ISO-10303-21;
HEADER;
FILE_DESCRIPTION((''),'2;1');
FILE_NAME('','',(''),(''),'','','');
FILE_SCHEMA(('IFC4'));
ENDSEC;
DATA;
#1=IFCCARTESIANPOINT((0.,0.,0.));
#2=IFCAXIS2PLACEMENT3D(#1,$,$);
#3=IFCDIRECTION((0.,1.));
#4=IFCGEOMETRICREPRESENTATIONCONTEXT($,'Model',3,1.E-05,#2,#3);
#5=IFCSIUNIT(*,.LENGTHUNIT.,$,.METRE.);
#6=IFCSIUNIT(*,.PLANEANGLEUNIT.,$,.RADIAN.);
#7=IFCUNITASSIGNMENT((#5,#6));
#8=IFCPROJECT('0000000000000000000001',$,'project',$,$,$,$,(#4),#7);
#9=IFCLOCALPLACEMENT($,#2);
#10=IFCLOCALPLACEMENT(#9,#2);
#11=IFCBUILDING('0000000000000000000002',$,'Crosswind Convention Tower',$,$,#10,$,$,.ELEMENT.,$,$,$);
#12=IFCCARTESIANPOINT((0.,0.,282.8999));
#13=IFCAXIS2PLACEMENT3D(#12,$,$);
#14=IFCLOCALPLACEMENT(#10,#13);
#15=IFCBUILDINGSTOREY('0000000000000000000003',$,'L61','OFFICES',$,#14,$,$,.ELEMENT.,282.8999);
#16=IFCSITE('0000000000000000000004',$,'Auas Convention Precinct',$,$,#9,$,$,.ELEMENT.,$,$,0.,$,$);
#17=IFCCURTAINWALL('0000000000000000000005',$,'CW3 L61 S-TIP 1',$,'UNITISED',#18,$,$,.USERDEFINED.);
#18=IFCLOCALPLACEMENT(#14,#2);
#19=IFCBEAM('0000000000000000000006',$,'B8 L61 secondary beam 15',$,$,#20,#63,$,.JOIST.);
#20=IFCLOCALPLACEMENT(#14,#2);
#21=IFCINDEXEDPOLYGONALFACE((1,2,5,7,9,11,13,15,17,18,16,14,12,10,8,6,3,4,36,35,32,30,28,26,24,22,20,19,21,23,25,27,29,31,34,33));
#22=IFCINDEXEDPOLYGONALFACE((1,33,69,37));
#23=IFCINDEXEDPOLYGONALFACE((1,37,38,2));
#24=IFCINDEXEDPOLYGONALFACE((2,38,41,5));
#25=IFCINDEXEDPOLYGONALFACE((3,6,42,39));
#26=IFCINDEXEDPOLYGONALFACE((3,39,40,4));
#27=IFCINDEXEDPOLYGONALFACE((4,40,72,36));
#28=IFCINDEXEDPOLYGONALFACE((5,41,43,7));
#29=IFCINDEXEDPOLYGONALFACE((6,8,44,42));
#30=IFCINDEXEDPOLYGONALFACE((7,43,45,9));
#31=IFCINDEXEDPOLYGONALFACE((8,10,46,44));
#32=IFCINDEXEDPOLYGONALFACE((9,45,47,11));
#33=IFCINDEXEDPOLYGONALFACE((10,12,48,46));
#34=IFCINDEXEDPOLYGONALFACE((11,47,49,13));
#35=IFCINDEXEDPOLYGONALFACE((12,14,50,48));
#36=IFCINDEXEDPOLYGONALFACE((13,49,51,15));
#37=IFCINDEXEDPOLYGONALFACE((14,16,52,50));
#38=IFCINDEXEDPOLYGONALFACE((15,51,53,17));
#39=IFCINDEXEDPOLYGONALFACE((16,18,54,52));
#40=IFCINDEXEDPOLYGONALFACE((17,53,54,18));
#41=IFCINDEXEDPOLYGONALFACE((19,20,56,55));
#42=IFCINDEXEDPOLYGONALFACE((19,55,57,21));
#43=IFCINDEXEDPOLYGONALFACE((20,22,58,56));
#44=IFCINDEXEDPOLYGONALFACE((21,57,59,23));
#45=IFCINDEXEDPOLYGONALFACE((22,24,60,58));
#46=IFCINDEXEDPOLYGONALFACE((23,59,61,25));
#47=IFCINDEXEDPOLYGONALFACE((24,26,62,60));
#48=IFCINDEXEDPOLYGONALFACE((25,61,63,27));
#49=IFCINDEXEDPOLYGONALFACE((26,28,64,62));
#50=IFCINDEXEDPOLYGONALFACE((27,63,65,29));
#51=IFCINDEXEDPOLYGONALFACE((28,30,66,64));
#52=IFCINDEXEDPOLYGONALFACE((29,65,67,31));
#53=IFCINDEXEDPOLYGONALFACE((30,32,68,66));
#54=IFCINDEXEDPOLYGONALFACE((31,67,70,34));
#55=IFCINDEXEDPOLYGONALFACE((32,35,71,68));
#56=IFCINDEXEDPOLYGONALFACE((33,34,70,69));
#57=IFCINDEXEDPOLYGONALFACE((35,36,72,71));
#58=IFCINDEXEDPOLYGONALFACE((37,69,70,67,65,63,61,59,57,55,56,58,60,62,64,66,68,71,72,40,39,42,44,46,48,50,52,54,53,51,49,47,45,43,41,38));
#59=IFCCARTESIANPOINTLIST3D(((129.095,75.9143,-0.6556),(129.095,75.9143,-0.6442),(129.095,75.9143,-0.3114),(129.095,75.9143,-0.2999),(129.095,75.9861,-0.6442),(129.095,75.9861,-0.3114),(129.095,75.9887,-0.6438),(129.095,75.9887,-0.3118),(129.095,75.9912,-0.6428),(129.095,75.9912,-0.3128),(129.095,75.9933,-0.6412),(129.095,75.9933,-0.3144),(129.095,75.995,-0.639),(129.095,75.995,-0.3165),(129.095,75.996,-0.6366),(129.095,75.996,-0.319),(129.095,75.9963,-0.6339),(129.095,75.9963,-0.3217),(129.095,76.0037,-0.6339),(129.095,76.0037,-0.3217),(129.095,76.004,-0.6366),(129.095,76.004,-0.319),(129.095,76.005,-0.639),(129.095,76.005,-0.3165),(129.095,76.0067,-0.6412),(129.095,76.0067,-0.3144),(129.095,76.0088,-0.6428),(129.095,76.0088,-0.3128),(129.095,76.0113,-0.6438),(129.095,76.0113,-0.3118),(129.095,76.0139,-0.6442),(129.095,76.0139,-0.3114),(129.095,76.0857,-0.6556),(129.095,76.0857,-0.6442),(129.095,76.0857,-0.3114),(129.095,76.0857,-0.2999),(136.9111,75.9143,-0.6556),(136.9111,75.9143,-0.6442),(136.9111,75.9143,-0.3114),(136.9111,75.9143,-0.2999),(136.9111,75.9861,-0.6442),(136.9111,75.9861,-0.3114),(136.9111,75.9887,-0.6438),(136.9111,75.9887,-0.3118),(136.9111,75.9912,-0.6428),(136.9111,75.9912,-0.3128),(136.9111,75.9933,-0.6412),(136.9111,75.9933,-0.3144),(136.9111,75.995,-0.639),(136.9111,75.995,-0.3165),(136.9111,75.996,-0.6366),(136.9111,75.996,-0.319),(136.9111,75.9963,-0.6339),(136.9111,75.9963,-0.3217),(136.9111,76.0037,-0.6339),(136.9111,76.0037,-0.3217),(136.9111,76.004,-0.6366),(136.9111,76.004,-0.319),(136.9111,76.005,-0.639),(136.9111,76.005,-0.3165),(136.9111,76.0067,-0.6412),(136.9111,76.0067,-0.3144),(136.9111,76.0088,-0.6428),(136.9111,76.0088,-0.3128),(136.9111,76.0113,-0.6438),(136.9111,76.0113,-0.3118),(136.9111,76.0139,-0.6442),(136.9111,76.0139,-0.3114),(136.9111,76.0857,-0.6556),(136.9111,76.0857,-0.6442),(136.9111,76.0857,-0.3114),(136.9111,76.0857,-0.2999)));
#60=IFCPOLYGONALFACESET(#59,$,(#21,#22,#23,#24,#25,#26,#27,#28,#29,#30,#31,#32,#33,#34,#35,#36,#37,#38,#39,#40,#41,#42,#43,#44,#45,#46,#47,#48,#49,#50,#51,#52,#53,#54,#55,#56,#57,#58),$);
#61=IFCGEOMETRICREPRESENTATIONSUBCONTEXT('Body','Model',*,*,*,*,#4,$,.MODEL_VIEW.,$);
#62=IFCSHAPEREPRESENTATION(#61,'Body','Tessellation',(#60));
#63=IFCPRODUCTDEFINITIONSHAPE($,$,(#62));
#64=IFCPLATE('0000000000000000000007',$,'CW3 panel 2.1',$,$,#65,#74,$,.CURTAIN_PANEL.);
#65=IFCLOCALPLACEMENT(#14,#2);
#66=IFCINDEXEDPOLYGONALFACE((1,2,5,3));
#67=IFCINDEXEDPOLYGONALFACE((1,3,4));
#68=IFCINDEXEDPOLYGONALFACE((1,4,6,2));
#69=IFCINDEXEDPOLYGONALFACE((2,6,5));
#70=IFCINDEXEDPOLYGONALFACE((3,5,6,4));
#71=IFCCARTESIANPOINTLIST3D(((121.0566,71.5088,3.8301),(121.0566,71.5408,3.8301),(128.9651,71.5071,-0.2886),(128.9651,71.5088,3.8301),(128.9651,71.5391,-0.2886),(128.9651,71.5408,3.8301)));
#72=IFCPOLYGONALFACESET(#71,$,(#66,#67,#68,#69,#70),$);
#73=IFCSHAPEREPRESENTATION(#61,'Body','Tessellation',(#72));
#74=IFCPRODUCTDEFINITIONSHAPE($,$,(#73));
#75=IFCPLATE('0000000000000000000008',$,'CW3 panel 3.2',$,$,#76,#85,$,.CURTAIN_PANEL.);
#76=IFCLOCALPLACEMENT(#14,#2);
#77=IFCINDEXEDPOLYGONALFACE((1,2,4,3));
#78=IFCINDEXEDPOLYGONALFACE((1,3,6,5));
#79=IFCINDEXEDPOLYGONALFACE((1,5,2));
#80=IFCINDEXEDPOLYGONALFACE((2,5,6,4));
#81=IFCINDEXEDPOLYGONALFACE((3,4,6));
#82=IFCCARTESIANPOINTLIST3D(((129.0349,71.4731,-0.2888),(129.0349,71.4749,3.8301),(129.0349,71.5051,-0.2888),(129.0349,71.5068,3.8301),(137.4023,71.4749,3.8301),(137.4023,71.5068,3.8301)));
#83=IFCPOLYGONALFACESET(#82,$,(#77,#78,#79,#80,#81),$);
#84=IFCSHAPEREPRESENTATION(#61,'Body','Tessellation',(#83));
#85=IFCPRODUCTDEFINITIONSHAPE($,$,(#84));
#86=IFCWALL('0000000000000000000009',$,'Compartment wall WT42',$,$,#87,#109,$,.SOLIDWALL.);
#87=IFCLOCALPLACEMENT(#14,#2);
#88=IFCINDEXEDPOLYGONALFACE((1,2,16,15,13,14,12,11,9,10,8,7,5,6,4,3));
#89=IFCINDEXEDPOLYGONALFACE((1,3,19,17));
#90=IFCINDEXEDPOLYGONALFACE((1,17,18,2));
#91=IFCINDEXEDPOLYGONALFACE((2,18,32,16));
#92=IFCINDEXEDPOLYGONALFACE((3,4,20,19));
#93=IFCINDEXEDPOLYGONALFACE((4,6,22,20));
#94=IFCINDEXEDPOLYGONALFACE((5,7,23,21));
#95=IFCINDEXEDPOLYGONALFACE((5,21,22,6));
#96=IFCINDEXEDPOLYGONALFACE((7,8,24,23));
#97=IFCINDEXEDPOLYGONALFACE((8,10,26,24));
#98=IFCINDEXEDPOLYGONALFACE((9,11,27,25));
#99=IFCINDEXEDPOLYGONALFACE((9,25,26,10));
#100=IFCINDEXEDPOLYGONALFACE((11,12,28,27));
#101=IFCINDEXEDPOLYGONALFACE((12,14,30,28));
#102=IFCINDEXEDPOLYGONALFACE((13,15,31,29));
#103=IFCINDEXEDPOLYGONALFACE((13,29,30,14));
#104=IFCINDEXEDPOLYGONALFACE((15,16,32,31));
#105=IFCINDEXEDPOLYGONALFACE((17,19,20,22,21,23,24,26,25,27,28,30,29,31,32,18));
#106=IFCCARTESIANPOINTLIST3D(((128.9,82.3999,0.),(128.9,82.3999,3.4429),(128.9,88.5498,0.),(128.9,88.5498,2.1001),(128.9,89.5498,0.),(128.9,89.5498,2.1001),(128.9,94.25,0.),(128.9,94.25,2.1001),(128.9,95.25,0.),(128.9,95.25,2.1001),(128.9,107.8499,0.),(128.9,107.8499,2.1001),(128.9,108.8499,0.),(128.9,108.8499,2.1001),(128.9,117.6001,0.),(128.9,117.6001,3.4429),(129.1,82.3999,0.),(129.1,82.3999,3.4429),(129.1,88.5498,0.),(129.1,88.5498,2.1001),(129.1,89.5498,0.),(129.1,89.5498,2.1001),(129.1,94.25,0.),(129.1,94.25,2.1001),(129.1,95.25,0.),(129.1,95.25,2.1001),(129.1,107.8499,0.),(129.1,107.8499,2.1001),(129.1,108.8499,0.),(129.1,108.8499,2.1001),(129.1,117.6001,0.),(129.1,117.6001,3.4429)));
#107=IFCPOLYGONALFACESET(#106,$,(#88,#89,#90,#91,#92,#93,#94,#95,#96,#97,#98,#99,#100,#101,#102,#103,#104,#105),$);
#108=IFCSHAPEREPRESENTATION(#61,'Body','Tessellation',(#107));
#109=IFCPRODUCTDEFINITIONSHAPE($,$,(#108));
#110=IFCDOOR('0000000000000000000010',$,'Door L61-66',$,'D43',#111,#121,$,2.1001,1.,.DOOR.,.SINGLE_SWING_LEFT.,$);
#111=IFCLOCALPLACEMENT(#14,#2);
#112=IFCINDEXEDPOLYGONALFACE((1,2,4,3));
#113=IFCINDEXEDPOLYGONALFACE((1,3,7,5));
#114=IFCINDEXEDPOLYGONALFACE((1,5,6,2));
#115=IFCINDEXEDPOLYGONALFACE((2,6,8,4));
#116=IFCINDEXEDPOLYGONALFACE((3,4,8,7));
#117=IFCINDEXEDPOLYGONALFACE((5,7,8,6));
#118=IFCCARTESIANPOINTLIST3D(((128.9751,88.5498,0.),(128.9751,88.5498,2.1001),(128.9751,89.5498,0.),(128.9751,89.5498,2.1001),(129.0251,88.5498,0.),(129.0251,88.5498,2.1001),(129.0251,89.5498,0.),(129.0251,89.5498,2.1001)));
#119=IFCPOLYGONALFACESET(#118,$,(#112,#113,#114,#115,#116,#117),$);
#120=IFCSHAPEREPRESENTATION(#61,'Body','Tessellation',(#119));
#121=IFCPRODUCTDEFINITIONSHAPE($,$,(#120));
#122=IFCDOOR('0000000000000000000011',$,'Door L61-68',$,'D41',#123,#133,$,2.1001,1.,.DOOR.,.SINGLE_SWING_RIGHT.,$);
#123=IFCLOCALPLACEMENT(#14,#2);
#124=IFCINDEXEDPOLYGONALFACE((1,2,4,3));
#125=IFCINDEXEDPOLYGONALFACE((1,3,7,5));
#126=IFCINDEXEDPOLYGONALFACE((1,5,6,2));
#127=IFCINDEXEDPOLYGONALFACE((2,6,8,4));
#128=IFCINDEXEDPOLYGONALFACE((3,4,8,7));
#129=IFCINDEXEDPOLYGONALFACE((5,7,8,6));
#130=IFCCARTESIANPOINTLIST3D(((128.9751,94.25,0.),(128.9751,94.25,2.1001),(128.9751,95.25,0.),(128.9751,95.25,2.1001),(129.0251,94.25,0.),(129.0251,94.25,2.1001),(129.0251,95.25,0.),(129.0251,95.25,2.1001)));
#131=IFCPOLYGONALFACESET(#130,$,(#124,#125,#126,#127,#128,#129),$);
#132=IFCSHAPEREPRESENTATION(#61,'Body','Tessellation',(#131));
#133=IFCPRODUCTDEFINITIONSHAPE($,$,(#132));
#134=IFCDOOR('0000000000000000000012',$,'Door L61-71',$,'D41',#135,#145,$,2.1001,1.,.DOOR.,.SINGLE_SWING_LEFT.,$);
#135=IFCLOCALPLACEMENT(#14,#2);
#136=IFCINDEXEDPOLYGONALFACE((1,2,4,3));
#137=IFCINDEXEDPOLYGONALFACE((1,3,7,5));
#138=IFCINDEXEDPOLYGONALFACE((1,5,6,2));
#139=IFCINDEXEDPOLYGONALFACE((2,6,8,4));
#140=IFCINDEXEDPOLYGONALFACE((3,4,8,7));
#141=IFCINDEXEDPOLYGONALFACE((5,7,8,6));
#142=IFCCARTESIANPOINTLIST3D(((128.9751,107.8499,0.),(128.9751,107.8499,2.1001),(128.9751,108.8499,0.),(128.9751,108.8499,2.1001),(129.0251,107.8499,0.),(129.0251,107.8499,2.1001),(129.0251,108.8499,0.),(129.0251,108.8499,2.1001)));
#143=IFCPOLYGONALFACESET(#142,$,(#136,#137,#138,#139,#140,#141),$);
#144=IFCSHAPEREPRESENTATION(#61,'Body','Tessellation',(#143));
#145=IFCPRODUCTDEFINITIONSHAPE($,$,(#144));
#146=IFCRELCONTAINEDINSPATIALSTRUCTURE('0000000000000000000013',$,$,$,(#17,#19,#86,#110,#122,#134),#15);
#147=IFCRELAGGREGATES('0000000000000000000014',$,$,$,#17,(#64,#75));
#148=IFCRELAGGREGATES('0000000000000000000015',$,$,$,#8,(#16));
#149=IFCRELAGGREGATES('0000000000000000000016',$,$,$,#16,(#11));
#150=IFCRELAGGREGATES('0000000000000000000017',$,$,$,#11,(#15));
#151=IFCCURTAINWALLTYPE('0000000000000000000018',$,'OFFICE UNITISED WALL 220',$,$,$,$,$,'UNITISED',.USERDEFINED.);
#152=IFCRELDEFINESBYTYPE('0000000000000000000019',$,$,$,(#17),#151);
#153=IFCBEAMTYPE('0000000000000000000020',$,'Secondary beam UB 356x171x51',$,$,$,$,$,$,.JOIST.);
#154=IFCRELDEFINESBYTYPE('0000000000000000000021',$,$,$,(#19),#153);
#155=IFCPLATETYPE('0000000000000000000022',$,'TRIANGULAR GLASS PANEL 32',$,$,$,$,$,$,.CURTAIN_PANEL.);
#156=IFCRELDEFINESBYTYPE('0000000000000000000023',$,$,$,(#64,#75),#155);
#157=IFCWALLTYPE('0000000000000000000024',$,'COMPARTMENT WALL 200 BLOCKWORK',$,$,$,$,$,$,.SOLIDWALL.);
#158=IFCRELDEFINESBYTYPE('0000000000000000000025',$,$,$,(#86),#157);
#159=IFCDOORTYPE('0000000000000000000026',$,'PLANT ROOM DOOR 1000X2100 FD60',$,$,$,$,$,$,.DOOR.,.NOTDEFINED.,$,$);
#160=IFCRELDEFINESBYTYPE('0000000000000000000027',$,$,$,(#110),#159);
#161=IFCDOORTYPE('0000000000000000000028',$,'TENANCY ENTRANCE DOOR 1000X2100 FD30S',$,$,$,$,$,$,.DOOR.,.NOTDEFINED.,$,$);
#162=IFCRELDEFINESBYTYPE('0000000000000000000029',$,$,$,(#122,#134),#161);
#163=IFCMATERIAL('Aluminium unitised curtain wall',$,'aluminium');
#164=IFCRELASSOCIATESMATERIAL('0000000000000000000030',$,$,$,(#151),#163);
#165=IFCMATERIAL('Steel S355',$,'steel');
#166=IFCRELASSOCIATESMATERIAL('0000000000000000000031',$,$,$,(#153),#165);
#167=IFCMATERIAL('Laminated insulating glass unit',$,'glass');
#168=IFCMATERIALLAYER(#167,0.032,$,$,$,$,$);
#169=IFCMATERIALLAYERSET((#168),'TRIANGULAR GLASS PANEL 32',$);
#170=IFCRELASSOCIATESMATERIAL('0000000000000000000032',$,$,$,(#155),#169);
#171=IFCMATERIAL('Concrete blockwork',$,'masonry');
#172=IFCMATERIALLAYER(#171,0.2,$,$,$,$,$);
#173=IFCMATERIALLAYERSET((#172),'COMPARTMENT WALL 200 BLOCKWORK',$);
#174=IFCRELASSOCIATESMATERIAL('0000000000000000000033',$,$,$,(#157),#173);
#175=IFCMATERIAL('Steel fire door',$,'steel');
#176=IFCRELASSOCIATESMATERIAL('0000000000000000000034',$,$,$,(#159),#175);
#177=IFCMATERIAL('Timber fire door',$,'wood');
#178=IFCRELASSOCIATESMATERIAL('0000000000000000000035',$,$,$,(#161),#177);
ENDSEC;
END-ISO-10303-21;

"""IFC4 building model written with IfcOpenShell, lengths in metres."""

from ifc_helpers import new_model, si_unit, direction, frame, frame_2d, origin, origin_2d, place, context, subcontext, project, spatial, polyline, rectangle, i_section, outline, extrude, material, layer, layer_set, material_profile, profile_set, type_object, element, fill, aggregate, save


model = new_model("IFC4")

# Units and contexts
model_context = context("Model", 3, precision=1e-05, world=origin(), true_north=direction((0.0, 1.0)))
body_context = subcontext(model_context, "Body", "Model", "MODEL_VIEW")
ifc_project = project(units=[si_unit("LENGTHUNIT", "METRE"), si_unit("PLANEANGLEUNIT", "RADIAN")], contexts=[model_context])

# Site, building, storey
site_placement = place(None, origin())
site = spatial("IfcSite", under=ifc_project, at=site_placement, Name="Auas Convention Precinct", CompositionType="ELEMENT", RefElevation=0.0)
building_placement = place(site_placement, origin())
building = spatial("IfcBuilding", under=site, at=building_placement, Name="Crosswind Convention Tower", CompositionType="ELEMENT")
storey_placement = place(building_placement, frame((0.0, 0.0, 282.8999)))
storey = spatial("IfcBuildingStorey", under=building, at=storey_placement, Name="L61", Description="OFFICES", CompositionType="ELEMENT", Elevation=282.8999)

# Shared definitions
ifc_material_1 = material(Name="Steel S355", Category="steel")

# Curtain wall
ifc_material_2 = material(Name="Aluminium unitised curtain wall", Category="aluminium")
curtain_wall_type = type_object("IfcCurtainWallType", Name="OFFICE UNITISED WALL 220", ElementType="UNITISED", PredefinedType="USERDEFINED", material=ifc_material_2)
curtain_wall_placement = place(storey_placement, origin())
curtain_wall = element("IfcCurtainWall", 1, at=curtain_wall_placement, inside=storey, type_object=curtain_wall_type, Name="CW3 L61 S-TIP 1", ObjectType="UNITISED", PredefinedType="USERDEFINED")

# Beam
ifc_material_profile_1 = material_profile(ifc_material_1, i_section(OverallWidth=0.1714, OverallDepth=0.3557, WebThickness=0.0073, FlangeThickness=0.0115, FilletRadius=0.0103, at=origin_2d()), Name="UB 356x171x51")
ifc_profile_set_1 = profile_set([ifc_material_profile_1], Name="Steel S355")
beam_type_1 = type_object("IfcBeamType", Name="Secondary beam UB 356x171x51", PredefinedType="JOIST", material=ifc_profile_set_1)
beam_1_placement = place(storey_placement, frame((129.095, 76.0, -0.4778), z_axis=(1.0, 0.0, 0.0), x_axis=(0.0, 1.0, 0.0)))
element("IfcBeam", 2, at=beam_1_placement, inside=storey, type_object=beam_type_1, Name="B8 L61 secondary beam 15", PredefinedType="JOIST", context=body_context, shape_type="SweptSolid", body=[
    extrude(i_section(OverallWidth=0.1714, OverallDepth=0.3557, WebThickness=0.0073, FlangeThickness=0.0115, FilletRadius=0.0103, at=origin_2d()), origin(), (0.0, 0.0, 1.0), 7.8162),
])

# Plates
ifc_material_3 = material(Name="Laminated insulating glass unit", Category="glass")
ifc_layer_1 = layer(ifc_material_3, 0.032)
ifc_layer_set_1 = layer_set([ifc_layer_1], Name="TRIANGULAR GLASS PANEL 32")
plate_type = type_object("IfcPlateType", Name="TRIANGULAR GLASS PANEL 32", PredefinedType="CURTAIN_PANEL", material=ifc_layer_set_1)
plate_1_placement = place(storey_placement, frame((128.9651, 71.5088, 3.8301), z_axis=(0.0, -1.0, 0.000415), x_axis=(-1.0, 0.0, 0.0)))
plate_1 = element("IfcPlate", 3, at=plate_1_placement, type_object=plate_type, Name="CW3 panel 2.1", PredefinedType="CURTAIN_PANEL", context=body_context, shape_type="SweptSolid", body=[
    extrude(outline(polyline([(0.0, 0.0), (7.9084, 0.0), (0.0, 4.1187), (0.0, 0.0)])), origin(), (0.0, 0.0, -1.0), 0.032),
])
plate_2_placement = place(storey_placement, frame((129.0349, 71.4749, 3.8301), z_axis=(0.0, -1.0, 0.000415), x_axis=(0.0, -0.000415, -1.0)))
plate_2 = element("IfcPlate", 4, at=plate_2_placement, type_object=plate_type, Name="CW3 panel 3.2", PredefinedType="CURTAIN_PANEL", context=body_context, shape_type="SweptSolid", body=[
    extrude(outline(polyline([(0.0, 0.0), (4.1189, 0.0), (0.0, 8.3674), (0.0, 0.0)])), origin(), (0.0, 0.0, -1.0), 0.032),
])
aggregate(curtain_wall, [plate_1, plate_2])

# Wall, openings, doors
ifc_material_4 = material(Name="Concrete blockwork", Category="masonry")
ifc_layer_2 = layer(ifc_material_4, 0.2)
ifc_layer_set_2 = layer_set([ifc_layer_2], Name="COMPARTMENT WALL 200 BLOCKWORK")
wall_type_1 = type_object("IfcWallType", Name="COMPARTMENT WALL 200 BLOCKWORK", PredefinedType="SOLIDWALL", material=ifc_layer_set_2)
wall_1_placement = place(storey_placement, frame((129.0, 82.3999, 0.0), z_axis=(0.0, 0.0, 1.0), x_axis=(0.0, 1.0, 0.0)))
wall_1 = element("IfcWall", 5, at=wall_1_placement, inside=storey, type_object=wall_type_1, Name="Compartment wall WT42", PredefinedType="SOLIDWALL", context=body_context, shape_type="SweptSolid", body=[
    extrude(rectangle(XDim=35.2002, YDim=0.2, at=frame_2d((17.6001, 0.0))), origin(), (0.0, 0.0, 1.0), 3.4429),
])
opening_1_placement = place(wall_1_placement, frame((6.1499, 0.0, 0.0)))
opening_1 = element("IfcOpeningElement", 6, at=opening_1_placement, cuts=wall_1, PredefinedType="OPENING", context=body_context, shape_type="SweptSolid", body=[
    extrude(rectangle(XDim=1.0, YDim=2.1001, at=frame_2d((0.5, 1.05))), frame((0.0, 0.1099, 0.0), z_axis=(0.0, -1.0, 0.0), x_axis=(1.0, 0.0, 0.0)), (0.0, 0.0, 1.0), 0.22),
])
opening_2_placement = place(wall_1_placement, frame((11.8501, 0.0, 0.0)))
opening_2 = element("IfcOpeningElement", 7, at=opening_2_placement, cuts=wall_1, PredefinedType="OPENING", context=body_context, shape_type="SweptSolid", body=[
    extrude(rectangle(XDim=1.0, YDim=2.1001, at=frame_2d((0.5, 1.05))), frame((0.0, 0.1099, 0.0), z_axis=(0.0, -1.0, 0.0), x_axis=(1.0, 0.0, 0.0)), (0.0, 0.0, 1.0), 0.22),
])
opening_3_placement = place(wall_1_placement, frame((25.45, 0.0, 0.0)))
opening_3 = element("IfcOpeningElement", 8, at=opening_3_placement, cuts=wall_1, PredefinedType="OPENING", context=body_context, shape_type="SweptSolid", body=[
    extrude(rectangle(XDim=1.0, YDim=2.1001, at=frame_2d((0.5, 1.05))), frame((0.0, 0.1099, 0.0), z_axis=(0.0, -1.0, 0.0), x_axis=(1.0, 0.0, 0.0)), (0.0, 0.0, 1.0), 0.22),
])
ifc_material_5 = material(Name="Steel fire door", Category="steel")
door_type_1 = type_object("IfcDoorType", Name="PLANT ROOM DOOR 1000X2100 FD60", OperationType="NOTDEFINED", PredefinedType="DOOR", material=ifc_material_5)
door_1_placement = place(opening_1_placement, origin())
door_1 = element("IfcDoor", 9, at=door_1_placement, inside=storey, type_object=door_type_1, Name="Door L61-66", ObjectType="D43", OperationType="SINGLE_SWING_LEFT", OverallHeight=2.1001, OverallWidth=1.0, PredefinedType="DOOR", context=body_context, shape_type="SweptSolid", body=[
    extrude(rectangle(XDim=1.0, YDim=2.1001, at=frame_2d((0.5, 1.05))), frame((0.0, 0.0249, 0.0), z_axis=(0.0, -1.0, 0.0), x_axis=(1.0, 0.0, 0.0)), (0.0, 0.0, 1.0), 0.05),
])
fill(opening_1, door_1)
ifc_material_6 = material(Name="Timber fire door", Category="wood")
door_type_2 = type_object("IfcDoorType", Name="TENANCY ENTRANCE DOOR 1000X2100 FD30S", OperationType="NOTDEFINED", PredefinedType="DOOR", material=ifc_material_6)
door_2_placement = place(opening_2_placement, origin())
door_2 = element("IfcDoor", 10, at=door_2_placement, inside=storey, type_object=door_type_2, Name="Door L61-68", ObjectType="D41", OperationType="SINGLE_SWING_RIGHT", OverallHeight=2.1001, OverallWidth=1.0, PredefinedType="DOOR", context=body_context, shape_type="SweptSolid", body=[
    extrude(rectangle(XDim=1.0, YDim=2.1001, at=frame_2d((0.5, 1.05))), frame((0.0, 0.0249, 0.0), z_axis=(0.0, -1.0, 0.0), x_axis=(1.0, 0.0, 0.0)), (0.0, 0.0, 1.0), 0.05),
])
fill(opening_2, door_2)
door_3_placement = place(opening_3_placement, origin())
door_3 = element("IfcDoor", 11, at=door_3_placement, inside=storey, type_object=door_type_2, Name="Door L61-71", ObjectType="D41", OperationType="SINGLE_SWING_LEFT", OverallHeight=2.1001, OverallWidth=1.0, PredefinedType="DOOR", context=body_context, shape_type="SweptSolid", body=[
    extrude(rectangle(XDim=1.0, YDim=2.1001, at=frame_2d((0.5, 1.05))), frame((0.0, 0.0249, 0.0), z_axis=(0.0, -1.0, 0.0), x_axis=(1.0, 0.0, 0.0)), (0.0, 0.0, 1.0), 0.05),
])
fill(opening_3, door_3)

save(model, "model.ifc")
